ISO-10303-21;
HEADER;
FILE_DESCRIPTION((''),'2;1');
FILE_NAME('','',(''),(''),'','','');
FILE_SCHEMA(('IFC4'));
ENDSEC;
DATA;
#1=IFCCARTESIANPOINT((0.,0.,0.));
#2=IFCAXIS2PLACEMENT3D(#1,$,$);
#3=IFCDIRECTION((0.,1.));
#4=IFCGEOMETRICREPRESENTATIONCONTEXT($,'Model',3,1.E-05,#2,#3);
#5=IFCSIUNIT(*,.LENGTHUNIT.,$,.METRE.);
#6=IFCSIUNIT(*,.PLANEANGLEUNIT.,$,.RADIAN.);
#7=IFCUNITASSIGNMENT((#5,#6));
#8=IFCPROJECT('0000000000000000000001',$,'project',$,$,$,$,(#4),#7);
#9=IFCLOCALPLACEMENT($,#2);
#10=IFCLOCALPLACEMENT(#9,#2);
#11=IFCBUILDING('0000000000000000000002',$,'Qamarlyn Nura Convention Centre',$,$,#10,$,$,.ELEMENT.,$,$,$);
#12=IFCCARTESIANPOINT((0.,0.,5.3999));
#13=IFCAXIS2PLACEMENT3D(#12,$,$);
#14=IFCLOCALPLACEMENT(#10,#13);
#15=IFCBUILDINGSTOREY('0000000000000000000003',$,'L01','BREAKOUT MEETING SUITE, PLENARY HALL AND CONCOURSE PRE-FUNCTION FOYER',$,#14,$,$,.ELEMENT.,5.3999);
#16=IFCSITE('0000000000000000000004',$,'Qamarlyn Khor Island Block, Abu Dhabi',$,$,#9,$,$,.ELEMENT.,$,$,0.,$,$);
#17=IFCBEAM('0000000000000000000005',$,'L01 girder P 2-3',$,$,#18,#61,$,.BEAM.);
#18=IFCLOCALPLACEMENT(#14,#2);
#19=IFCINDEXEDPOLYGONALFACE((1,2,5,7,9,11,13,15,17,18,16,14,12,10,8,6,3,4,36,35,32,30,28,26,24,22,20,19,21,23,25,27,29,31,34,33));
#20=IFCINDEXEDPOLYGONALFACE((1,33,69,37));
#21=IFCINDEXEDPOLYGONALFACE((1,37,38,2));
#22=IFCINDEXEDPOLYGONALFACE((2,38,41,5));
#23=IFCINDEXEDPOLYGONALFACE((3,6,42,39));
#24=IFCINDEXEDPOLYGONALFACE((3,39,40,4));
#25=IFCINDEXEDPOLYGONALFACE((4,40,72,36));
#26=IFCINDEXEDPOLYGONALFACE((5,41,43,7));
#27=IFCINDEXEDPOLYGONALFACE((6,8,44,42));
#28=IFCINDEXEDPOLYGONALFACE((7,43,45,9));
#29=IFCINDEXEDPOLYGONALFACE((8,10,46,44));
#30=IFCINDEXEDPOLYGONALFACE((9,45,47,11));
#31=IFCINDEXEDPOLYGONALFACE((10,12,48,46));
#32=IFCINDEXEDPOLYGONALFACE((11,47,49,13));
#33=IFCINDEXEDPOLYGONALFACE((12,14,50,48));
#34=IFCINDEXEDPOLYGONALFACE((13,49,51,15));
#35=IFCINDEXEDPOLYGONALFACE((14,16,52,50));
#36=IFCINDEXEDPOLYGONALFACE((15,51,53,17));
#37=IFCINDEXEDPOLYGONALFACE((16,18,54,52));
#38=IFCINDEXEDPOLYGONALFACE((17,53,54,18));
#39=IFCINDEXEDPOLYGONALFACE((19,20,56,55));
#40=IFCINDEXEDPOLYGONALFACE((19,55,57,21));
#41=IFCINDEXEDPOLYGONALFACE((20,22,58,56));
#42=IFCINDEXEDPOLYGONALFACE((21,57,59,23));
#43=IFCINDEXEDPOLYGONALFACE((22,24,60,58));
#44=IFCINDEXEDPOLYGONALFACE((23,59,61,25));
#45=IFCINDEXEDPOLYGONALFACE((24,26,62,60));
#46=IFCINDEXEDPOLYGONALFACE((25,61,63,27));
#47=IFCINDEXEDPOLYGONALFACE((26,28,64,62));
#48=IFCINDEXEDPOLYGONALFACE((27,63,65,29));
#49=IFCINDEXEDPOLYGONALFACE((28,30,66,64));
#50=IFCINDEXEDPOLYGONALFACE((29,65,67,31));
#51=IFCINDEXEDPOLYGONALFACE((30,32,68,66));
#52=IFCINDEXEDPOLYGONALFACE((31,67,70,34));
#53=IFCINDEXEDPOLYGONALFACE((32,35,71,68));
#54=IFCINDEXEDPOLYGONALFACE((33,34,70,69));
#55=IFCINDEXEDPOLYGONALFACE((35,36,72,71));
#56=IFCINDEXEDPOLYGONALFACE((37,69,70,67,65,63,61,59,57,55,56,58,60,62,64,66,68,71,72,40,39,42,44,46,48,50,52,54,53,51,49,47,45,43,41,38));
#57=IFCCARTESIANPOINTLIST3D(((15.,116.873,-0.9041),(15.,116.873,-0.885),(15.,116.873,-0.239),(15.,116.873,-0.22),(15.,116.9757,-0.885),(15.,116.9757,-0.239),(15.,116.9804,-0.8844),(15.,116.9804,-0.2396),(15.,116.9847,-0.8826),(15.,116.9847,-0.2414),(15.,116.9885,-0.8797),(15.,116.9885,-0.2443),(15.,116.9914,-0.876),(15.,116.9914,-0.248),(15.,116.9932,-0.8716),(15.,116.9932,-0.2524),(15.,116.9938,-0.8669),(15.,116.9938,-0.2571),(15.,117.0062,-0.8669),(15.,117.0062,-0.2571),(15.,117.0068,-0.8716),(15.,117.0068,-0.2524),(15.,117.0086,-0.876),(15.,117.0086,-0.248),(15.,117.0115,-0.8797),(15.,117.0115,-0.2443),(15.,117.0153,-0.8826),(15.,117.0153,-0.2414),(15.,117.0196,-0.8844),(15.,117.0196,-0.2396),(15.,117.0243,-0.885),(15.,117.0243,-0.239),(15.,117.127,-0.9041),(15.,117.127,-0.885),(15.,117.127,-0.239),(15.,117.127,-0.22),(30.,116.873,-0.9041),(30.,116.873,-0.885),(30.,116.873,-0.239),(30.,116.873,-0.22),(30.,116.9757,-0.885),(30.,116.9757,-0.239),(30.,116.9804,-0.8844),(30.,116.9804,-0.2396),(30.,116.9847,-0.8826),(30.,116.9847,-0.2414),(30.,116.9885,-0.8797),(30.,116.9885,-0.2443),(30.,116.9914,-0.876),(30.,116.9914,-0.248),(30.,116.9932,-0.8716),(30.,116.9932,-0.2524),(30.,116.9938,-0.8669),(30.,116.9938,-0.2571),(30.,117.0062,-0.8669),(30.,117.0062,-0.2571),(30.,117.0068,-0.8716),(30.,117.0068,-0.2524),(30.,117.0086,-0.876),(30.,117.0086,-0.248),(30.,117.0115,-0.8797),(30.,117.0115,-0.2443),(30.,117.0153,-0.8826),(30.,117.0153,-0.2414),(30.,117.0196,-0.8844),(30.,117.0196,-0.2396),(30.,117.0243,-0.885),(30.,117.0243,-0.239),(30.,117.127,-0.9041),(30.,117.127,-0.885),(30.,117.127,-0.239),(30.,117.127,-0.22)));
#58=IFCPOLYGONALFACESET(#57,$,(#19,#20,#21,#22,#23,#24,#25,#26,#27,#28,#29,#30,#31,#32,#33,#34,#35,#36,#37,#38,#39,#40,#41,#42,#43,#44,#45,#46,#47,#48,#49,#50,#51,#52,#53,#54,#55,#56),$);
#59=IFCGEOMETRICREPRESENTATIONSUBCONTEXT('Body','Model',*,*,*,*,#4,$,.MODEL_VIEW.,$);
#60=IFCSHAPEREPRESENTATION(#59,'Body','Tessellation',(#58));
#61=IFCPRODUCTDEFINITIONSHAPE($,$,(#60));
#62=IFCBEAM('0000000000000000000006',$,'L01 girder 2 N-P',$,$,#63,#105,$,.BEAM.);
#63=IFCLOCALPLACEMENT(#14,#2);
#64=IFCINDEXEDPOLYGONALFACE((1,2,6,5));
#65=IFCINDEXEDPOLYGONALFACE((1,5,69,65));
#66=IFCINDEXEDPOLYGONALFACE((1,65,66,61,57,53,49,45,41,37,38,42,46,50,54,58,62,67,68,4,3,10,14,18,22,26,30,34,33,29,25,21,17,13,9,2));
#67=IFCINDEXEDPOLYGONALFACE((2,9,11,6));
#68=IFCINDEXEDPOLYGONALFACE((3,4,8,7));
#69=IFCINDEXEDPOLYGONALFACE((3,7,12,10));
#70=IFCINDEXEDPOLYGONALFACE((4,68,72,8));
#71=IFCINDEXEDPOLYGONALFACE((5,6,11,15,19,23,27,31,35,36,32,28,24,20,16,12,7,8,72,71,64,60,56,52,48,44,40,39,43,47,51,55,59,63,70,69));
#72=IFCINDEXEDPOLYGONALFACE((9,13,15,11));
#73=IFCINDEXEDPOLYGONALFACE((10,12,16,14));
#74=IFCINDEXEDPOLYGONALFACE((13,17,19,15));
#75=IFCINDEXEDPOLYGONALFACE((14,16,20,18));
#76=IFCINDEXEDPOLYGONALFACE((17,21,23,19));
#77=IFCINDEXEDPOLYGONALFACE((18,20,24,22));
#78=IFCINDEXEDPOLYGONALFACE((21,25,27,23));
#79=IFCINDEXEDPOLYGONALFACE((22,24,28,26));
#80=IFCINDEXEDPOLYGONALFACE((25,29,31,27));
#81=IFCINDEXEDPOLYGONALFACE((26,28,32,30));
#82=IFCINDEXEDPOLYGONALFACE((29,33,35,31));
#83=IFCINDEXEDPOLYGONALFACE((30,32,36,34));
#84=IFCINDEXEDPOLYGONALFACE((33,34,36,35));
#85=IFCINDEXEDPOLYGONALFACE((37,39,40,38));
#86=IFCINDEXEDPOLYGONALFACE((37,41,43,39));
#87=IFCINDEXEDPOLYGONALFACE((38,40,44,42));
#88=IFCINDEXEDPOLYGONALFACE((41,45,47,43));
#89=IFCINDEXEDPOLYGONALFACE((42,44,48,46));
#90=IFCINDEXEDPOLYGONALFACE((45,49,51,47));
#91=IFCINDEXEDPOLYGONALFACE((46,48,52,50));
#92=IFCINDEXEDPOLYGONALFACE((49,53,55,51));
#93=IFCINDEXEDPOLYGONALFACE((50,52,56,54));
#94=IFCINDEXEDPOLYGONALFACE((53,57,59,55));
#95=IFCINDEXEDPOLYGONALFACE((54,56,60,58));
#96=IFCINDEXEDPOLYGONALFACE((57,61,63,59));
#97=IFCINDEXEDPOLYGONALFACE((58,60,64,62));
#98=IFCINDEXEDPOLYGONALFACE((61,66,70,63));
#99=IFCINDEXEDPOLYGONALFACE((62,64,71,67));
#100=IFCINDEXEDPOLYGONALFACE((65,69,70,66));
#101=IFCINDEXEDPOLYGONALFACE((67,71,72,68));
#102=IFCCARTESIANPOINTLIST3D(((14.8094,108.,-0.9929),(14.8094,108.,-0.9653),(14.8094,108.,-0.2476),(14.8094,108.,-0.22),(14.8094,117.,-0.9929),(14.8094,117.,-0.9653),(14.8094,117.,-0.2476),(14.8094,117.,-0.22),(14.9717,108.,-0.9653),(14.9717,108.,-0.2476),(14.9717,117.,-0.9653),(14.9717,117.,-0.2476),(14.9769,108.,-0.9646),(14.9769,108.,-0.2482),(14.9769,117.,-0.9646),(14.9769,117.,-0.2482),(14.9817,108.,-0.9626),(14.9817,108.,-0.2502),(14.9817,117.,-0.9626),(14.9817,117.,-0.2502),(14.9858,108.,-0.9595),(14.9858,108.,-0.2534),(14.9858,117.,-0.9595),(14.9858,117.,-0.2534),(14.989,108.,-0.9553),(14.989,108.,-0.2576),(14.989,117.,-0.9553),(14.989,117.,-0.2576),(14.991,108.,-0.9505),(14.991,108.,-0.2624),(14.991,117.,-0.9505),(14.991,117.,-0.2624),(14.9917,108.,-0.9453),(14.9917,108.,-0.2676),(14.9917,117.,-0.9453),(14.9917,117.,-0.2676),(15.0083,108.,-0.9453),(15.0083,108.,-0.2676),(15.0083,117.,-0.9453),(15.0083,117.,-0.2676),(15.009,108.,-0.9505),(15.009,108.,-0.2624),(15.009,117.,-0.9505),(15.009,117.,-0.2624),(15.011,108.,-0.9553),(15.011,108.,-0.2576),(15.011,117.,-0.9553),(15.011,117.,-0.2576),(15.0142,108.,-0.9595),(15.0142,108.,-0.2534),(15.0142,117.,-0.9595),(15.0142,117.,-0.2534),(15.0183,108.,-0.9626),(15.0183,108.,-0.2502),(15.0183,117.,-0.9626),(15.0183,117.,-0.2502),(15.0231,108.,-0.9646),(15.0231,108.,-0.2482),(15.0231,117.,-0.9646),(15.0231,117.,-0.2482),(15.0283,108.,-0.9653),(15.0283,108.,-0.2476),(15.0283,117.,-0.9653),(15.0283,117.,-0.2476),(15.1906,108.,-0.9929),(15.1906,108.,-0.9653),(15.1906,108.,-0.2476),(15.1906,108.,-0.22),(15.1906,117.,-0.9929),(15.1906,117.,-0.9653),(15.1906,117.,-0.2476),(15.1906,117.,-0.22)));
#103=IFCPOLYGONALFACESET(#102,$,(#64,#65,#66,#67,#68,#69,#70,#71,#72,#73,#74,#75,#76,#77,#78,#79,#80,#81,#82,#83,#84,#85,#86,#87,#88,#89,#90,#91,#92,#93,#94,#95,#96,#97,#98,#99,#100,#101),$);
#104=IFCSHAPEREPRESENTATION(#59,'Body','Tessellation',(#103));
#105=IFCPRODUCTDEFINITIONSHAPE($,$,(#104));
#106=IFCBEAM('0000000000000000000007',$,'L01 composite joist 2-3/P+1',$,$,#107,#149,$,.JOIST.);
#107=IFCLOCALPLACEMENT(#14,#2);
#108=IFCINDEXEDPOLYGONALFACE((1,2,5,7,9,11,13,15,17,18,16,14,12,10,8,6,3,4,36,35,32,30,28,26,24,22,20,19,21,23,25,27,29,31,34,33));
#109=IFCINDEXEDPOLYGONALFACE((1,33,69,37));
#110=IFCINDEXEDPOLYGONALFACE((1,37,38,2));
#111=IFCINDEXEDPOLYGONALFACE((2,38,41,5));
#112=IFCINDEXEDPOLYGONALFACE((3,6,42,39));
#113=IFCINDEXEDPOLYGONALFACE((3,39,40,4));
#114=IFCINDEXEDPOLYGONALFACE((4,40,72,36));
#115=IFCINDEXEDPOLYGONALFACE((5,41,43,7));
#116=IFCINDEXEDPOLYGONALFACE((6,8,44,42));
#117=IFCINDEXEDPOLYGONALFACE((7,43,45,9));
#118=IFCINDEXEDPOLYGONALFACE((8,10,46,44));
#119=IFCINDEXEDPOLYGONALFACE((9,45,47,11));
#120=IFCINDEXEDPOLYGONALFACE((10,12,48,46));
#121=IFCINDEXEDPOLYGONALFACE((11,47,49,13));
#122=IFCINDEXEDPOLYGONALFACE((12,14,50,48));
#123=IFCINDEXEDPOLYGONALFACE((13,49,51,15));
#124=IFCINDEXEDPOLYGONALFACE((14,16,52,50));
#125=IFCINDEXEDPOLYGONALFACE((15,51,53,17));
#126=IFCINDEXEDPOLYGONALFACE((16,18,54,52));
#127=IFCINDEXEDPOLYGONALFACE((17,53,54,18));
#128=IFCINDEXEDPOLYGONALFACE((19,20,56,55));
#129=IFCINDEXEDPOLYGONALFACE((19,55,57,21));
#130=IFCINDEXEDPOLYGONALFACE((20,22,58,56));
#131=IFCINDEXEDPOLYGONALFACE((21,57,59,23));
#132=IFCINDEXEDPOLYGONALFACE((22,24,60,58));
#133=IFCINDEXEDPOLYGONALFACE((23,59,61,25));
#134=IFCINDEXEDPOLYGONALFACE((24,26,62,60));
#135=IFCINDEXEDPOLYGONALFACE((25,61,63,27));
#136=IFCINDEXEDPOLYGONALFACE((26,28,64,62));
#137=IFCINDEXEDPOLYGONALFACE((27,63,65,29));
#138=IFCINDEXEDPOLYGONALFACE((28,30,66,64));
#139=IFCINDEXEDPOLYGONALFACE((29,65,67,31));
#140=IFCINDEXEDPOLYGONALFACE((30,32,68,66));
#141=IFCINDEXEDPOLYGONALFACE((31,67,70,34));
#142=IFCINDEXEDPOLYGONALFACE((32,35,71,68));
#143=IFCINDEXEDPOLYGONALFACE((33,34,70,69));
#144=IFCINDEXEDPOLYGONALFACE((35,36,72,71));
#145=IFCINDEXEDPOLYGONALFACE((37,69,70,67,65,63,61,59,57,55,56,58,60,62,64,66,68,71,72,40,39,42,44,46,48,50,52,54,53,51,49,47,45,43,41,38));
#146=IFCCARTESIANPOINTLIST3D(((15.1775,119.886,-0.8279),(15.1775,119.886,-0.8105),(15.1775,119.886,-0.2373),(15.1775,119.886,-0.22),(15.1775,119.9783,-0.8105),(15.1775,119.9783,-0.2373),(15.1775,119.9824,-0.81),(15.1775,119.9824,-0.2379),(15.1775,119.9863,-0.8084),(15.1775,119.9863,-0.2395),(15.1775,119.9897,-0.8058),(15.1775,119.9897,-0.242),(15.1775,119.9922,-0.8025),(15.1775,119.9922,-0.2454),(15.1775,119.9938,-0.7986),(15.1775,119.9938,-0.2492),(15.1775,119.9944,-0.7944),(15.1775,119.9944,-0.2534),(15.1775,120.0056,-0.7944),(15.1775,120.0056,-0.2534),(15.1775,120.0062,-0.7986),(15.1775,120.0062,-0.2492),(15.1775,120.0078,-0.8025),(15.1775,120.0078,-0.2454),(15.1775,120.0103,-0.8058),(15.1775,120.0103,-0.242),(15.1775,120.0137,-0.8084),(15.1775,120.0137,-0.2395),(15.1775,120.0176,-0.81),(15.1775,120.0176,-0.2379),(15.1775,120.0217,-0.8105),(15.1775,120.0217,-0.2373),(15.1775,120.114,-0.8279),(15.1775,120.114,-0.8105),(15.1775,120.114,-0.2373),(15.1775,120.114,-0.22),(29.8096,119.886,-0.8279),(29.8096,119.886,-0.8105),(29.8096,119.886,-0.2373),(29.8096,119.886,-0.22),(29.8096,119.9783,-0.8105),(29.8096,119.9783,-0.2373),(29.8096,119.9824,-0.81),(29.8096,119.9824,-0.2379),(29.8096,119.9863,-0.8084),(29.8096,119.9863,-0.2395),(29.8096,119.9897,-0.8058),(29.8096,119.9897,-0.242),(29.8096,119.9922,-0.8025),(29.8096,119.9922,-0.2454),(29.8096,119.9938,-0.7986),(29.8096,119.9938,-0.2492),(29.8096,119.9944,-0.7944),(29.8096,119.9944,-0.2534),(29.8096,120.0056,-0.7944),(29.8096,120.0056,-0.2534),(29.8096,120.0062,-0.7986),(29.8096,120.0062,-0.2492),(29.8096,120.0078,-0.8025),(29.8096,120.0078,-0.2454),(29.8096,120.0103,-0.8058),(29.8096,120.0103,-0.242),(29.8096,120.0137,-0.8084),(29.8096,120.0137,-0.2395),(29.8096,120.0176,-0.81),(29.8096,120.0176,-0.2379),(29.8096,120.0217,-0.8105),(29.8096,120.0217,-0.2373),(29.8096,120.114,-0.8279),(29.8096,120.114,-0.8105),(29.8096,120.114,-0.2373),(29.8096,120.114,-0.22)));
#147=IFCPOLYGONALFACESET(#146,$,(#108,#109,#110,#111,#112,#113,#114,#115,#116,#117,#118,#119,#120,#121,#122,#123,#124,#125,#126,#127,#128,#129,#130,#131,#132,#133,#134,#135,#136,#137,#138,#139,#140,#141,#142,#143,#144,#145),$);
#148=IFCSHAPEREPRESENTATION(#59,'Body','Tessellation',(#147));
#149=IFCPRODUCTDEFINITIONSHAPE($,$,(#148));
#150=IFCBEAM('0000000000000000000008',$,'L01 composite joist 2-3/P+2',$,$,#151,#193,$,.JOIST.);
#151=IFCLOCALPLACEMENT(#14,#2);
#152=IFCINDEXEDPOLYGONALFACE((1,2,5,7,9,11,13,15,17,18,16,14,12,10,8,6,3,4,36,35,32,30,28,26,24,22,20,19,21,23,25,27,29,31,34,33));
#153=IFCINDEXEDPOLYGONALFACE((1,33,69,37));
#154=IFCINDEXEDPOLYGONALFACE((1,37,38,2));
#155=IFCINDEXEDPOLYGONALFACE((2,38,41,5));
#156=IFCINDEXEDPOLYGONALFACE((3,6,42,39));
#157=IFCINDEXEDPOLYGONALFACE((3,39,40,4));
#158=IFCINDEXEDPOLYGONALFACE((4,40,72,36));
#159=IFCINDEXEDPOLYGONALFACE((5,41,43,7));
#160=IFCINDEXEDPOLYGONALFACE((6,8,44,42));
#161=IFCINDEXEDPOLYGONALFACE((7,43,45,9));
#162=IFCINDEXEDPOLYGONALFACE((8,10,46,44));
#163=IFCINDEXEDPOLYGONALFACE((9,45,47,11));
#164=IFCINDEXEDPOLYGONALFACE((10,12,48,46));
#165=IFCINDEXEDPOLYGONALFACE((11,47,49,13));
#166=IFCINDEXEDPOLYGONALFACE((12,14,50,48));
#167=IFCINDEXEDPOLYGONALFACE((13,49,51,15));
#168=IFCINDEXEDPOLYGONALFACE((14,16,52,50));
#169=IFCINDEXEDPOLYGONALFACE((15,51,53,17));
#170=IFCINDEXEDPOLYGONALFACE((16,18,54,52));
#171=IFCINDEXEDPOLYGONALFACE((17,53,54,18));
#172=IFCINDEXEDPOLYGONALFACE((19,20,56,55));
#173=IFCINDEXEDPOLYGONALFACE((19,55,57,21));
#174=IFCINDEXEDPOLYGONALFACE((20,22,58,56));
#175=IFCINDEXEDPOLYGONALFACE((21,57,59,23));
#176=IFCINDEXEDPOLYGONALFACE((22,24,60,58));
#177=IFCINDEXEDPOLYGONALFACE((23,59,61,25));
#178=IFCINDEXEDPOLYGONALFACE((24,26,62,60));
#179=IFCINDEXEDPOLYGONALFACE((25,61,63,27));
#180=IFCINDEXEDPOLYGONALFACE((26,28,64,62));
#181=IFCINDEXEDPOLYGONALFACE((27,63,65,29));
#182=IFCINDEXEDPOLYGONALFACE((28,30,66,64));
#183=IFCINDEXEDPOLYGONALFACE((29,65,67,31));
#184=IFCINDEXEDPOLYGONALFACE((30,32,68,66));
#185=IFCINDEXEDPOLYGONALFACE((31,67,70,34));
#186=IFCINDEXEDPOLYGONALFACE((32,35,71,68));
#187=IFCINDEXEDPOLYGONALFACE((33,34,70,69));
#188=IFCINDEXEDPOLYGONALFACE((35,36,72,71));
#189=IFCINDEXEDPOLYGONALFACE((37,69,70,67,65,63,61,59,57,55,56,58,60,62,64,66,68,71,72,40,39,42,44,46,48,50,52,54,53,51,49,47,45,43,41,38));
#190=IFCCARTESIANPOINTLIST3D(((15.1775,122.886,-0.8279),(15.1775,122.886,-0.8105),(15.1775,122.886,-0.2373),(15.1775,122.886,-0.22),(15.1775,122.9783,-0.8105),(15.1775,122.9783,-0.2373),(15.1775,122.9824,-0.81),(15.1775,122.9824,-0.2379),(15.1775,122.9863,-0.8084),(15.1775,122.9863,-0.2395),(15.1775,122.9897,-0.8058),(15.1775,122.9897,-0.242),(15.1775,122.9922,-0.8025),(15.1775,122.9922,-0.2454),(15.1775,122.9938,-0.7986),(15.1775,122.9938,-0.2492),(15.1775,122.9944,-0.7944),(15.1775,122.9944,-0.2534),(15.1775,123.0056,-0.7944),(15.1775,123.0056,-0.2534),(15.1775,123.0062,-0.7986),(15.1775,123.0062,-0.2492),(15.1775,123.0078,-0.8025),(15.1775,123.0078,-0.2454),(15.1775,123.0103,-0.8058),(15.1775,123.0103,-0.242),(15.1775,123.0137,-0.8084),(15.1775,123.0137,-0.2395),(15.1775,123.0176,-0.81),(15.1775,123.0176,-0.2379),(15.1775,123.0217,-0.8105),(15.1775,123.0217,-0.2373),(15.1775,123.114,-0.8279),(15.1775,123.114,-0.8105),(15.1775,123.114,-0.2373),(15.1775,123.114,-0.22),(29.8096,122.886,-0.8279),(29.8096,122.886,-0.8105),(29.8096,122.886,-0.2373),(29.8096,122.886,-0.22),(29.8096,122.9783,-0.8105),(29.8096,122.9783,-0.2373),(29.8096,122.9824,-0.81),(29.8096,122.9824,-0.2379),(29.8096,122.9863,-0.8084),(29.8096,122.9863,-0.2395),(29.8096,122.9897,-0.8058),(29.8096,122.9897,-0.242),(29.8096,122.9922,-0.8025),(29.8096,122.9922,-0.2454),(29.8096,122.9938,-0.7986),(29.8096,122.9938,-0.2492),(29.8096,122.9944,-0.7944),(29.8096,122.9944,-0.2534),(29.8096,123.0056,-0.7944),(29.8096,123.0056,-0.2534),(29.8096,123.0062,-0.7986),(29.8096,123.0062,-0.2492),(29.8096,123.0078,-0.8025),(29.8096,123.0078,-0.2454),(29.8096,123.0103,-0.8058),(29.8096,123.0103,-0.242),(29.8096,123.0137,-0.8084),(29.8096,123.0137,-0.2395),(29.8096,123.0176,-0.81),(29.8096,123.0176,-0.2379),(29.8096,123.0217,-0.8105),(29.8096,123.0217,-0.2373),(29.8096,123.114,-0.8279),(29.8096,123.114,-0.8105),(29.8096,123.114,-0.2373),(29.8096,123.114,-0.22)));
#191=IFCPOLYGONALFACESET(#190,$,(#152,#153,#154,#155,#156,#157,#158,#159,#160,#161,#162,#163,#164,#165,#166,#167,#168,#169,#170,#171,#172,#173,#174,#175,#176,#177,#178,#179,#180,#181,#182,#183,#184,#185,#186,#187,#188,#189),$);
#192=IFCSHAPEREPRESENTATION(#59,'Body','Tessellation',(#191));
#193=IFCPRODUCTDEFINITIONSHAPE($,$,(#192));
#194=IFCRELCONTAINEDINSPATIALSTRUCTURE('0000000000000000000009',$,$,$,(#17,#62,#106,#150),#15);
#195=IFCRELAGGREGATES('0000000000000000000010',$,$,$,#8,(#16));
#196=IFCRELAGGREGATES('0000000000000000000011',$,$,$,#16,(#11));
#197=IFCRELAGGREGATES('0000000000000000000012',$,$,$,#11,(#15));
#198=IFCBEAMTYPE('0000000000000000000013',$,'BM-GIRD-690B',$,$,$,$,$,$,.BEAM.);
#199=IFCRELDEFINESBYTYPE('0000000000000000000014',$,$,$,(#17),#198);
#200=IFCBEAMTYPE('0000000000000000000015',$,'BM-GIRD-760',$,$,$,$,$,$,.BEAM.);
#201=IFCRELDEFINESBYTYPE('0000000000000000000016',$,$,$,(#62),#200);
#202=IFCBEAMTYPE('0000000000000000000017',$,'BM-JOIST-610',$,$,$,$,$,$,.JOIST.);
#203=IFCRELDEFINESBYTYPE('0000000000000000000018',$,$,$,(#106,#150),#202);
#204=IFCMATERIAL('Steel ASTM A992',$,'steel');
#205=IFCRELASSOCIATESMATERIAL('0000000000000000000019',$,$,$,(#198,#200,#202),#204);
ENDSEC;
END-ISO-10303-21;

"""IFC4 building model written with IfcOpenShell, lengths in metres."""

from ifc_helpers import new_model, si_unit, direction, frame, origin, origin_2d, place, context, subcontext, project, spatial, i_section, extrude, material, material_profile, profile_set, type_object, element, save


model = new_model("IFC4")

# Units and contexts
model_context = context("Model", 3, precision=1e-05, world=origin(), true_north=direction((0.0, 1.0)))
body_context = subcontext(model_context, "Body", "Model", "MODEL_VIEW")
ifc_project = project(units=[si_unit("LENGTHUNIT", "METRE"), si_unit("PLANEANGLEUNIT", "RADIAN")], contexts=[model_context])

# Site, building, storey
site_placement = place(None, origin())
site = spatial("IfcSite", under=ifc_project, at=site_placement, Name="Qamarlyn Khor Island Block, Abu Dhabi", CompositionType="ELEMENT", RefElevation=0.0)
building_placement = place(site_placement, origin())
building = spatial("IfcBuilding", under=site, at=building_placement, Name="Qamarlyn Nura Convention Centre", CompositionType="ELEMENT")
storey_placement = place(building_placement, frame((0.0, 0.0, 5.3999)))
storey = spatial("IfcBuildingStorey", under=building, at=storey_placement, Name="L01", Description="BREAKOUT MEETING SUITE, PLENARY HALL AND CONCOURSE PRE-FUNCTION FOYER", CompositionType="ELEMENT", Elevation=5.3999)

# Shared definitions
ifc_material_1 = material(Name="Steel ASTM A992", Category="steel")

# Beams
ifc_material_profile_1 = material_profile(ifc_material_1, i_section(OverallWidth=0.2539, OverallDepth=0.6841, WebThickness=0.0125, FlangeThickness=0.019, FilletRadius=0.0181, at=origin_2d()), Name="W690X140")
ifc_profile_set_1 = profile_set([ifc_material_profile_1], Name="Steel ASTM A992")
beam_type_1 = type_object("IfcBeamType", Name="BM-GIRD-690B", PredefinedType="BEAM", material=ifc_profile_set_1)
beam_1_placement = place(storey_placement, frame((15.0, 117.0, -0.562), z_axis=(1.0, 0.0, 0.0), x_axis=(0.0, 1.0, 0.0)))
element("IfcBeam", 1, at=beam_1_placement, inside=storey, type_object=beam_type_1, Name="L01 girder P 2-3", PredefinedType="BEAM", context=body_context, shape_type="SweptSolid", body=[
    extrude(i_section(OverallWidth=0.2539, OverallDepth=0.6841, WebThickness=0.0125, FlangeThickness=0.019, FilletRadius=0.0181, at=origin_2d()), origin(), (0.0, 0.0, 1.0), 15.0),
])
ifc_material_profile_2 = material_profile(ifc_material_1, i_section(OverallWidth=0.3811, OverallDepth=0.7729, WebThickness=0.0166, FlangeThickness=0.0276, FilletRadius=0.02, at=origin_2d()), Name="W760X257")
ifc_profile_set_2 = profile_set([ifc_material_profile_2], Name="Steel ASTM A992")
beam_type_2 = type_object("IfcBeamType", Name="BM-GIRD-760", PredefinedType="BEAM", material=ifc_profile_set_2)
beam_2_placement = place(storey_placement, frame((15.0, 108.0, -0.6064), z_axis=(0.0, 1.0, 0.0), x_axis=(-1.0, 0.0, 0.0)))
element("IfcBeam", 2, at=beam_2_placement, inside=storey, type_object=beam_type_2, Name="L01 girder 2 N-P", PredefinedType="BEAM", context=body_context, shape_type="SweptSolid", body=[
    extrude(i_section(OverallWidth=0.3811, OverallDepth=0.7729, WebThickness=0.0166, FlangeThickness=0.0276, FilletRadius=0.02, at=origin_2d()), origin(), (0.0, 0.0, 1.0), 9.0),
])
ifc_material_profile_3 = material_profile(ifc_material_1, i_section(OverallWidth=0.228, OverallDepth=0.6079, WebThickness=0.0112, FlangeThickness=0.0173, FilletRadius=0.0161, at=origin_2d()), Name="W610X113")
ifc_profile_set_3 = profile_set([ifc_material_profile_3], Name="Steel ASTM A992")
beam_type_3 = type_object("IfcBeamType", Name="BM-JOIST-610", PredefinedType="JOIST", material=ifc_profile_set_3)
for number, where, z_axis, x_axis, name in (
    (3, (15.1775, 120.0, -0.5239), (1.0, 0.0, 0.0), (0.0, 1.0, 0.0), "L01 composite joist 2-3/P+1"),
    (4, (15.1775, 123.0, -0.5239), (1.0, 0.0, 0.0), (0.0, 1.0, 0.0), "L01 composite joist 2-3/P+2"),
):
    element("IfcBeam", number, at=place(storey_placement, frame(where, z_axis=z_axis, x_axis=x_axis)), inside=storey, type_object=beam_type_3, Name=name, PredefinedType="JOIST", context=body_context, shape_type="SweptSolid", body=[
        extrude(i_section(OverallWidth=0.228, OverallDepth=0.6079, WebThickness=0.0112, FlangeThickness=0.0173, FilletRadius=0.0161, at=origin_2d()), origin(), (0.0, 0.0, 1.0), 14.6321),
    ])

save(model, "model.ifc")
